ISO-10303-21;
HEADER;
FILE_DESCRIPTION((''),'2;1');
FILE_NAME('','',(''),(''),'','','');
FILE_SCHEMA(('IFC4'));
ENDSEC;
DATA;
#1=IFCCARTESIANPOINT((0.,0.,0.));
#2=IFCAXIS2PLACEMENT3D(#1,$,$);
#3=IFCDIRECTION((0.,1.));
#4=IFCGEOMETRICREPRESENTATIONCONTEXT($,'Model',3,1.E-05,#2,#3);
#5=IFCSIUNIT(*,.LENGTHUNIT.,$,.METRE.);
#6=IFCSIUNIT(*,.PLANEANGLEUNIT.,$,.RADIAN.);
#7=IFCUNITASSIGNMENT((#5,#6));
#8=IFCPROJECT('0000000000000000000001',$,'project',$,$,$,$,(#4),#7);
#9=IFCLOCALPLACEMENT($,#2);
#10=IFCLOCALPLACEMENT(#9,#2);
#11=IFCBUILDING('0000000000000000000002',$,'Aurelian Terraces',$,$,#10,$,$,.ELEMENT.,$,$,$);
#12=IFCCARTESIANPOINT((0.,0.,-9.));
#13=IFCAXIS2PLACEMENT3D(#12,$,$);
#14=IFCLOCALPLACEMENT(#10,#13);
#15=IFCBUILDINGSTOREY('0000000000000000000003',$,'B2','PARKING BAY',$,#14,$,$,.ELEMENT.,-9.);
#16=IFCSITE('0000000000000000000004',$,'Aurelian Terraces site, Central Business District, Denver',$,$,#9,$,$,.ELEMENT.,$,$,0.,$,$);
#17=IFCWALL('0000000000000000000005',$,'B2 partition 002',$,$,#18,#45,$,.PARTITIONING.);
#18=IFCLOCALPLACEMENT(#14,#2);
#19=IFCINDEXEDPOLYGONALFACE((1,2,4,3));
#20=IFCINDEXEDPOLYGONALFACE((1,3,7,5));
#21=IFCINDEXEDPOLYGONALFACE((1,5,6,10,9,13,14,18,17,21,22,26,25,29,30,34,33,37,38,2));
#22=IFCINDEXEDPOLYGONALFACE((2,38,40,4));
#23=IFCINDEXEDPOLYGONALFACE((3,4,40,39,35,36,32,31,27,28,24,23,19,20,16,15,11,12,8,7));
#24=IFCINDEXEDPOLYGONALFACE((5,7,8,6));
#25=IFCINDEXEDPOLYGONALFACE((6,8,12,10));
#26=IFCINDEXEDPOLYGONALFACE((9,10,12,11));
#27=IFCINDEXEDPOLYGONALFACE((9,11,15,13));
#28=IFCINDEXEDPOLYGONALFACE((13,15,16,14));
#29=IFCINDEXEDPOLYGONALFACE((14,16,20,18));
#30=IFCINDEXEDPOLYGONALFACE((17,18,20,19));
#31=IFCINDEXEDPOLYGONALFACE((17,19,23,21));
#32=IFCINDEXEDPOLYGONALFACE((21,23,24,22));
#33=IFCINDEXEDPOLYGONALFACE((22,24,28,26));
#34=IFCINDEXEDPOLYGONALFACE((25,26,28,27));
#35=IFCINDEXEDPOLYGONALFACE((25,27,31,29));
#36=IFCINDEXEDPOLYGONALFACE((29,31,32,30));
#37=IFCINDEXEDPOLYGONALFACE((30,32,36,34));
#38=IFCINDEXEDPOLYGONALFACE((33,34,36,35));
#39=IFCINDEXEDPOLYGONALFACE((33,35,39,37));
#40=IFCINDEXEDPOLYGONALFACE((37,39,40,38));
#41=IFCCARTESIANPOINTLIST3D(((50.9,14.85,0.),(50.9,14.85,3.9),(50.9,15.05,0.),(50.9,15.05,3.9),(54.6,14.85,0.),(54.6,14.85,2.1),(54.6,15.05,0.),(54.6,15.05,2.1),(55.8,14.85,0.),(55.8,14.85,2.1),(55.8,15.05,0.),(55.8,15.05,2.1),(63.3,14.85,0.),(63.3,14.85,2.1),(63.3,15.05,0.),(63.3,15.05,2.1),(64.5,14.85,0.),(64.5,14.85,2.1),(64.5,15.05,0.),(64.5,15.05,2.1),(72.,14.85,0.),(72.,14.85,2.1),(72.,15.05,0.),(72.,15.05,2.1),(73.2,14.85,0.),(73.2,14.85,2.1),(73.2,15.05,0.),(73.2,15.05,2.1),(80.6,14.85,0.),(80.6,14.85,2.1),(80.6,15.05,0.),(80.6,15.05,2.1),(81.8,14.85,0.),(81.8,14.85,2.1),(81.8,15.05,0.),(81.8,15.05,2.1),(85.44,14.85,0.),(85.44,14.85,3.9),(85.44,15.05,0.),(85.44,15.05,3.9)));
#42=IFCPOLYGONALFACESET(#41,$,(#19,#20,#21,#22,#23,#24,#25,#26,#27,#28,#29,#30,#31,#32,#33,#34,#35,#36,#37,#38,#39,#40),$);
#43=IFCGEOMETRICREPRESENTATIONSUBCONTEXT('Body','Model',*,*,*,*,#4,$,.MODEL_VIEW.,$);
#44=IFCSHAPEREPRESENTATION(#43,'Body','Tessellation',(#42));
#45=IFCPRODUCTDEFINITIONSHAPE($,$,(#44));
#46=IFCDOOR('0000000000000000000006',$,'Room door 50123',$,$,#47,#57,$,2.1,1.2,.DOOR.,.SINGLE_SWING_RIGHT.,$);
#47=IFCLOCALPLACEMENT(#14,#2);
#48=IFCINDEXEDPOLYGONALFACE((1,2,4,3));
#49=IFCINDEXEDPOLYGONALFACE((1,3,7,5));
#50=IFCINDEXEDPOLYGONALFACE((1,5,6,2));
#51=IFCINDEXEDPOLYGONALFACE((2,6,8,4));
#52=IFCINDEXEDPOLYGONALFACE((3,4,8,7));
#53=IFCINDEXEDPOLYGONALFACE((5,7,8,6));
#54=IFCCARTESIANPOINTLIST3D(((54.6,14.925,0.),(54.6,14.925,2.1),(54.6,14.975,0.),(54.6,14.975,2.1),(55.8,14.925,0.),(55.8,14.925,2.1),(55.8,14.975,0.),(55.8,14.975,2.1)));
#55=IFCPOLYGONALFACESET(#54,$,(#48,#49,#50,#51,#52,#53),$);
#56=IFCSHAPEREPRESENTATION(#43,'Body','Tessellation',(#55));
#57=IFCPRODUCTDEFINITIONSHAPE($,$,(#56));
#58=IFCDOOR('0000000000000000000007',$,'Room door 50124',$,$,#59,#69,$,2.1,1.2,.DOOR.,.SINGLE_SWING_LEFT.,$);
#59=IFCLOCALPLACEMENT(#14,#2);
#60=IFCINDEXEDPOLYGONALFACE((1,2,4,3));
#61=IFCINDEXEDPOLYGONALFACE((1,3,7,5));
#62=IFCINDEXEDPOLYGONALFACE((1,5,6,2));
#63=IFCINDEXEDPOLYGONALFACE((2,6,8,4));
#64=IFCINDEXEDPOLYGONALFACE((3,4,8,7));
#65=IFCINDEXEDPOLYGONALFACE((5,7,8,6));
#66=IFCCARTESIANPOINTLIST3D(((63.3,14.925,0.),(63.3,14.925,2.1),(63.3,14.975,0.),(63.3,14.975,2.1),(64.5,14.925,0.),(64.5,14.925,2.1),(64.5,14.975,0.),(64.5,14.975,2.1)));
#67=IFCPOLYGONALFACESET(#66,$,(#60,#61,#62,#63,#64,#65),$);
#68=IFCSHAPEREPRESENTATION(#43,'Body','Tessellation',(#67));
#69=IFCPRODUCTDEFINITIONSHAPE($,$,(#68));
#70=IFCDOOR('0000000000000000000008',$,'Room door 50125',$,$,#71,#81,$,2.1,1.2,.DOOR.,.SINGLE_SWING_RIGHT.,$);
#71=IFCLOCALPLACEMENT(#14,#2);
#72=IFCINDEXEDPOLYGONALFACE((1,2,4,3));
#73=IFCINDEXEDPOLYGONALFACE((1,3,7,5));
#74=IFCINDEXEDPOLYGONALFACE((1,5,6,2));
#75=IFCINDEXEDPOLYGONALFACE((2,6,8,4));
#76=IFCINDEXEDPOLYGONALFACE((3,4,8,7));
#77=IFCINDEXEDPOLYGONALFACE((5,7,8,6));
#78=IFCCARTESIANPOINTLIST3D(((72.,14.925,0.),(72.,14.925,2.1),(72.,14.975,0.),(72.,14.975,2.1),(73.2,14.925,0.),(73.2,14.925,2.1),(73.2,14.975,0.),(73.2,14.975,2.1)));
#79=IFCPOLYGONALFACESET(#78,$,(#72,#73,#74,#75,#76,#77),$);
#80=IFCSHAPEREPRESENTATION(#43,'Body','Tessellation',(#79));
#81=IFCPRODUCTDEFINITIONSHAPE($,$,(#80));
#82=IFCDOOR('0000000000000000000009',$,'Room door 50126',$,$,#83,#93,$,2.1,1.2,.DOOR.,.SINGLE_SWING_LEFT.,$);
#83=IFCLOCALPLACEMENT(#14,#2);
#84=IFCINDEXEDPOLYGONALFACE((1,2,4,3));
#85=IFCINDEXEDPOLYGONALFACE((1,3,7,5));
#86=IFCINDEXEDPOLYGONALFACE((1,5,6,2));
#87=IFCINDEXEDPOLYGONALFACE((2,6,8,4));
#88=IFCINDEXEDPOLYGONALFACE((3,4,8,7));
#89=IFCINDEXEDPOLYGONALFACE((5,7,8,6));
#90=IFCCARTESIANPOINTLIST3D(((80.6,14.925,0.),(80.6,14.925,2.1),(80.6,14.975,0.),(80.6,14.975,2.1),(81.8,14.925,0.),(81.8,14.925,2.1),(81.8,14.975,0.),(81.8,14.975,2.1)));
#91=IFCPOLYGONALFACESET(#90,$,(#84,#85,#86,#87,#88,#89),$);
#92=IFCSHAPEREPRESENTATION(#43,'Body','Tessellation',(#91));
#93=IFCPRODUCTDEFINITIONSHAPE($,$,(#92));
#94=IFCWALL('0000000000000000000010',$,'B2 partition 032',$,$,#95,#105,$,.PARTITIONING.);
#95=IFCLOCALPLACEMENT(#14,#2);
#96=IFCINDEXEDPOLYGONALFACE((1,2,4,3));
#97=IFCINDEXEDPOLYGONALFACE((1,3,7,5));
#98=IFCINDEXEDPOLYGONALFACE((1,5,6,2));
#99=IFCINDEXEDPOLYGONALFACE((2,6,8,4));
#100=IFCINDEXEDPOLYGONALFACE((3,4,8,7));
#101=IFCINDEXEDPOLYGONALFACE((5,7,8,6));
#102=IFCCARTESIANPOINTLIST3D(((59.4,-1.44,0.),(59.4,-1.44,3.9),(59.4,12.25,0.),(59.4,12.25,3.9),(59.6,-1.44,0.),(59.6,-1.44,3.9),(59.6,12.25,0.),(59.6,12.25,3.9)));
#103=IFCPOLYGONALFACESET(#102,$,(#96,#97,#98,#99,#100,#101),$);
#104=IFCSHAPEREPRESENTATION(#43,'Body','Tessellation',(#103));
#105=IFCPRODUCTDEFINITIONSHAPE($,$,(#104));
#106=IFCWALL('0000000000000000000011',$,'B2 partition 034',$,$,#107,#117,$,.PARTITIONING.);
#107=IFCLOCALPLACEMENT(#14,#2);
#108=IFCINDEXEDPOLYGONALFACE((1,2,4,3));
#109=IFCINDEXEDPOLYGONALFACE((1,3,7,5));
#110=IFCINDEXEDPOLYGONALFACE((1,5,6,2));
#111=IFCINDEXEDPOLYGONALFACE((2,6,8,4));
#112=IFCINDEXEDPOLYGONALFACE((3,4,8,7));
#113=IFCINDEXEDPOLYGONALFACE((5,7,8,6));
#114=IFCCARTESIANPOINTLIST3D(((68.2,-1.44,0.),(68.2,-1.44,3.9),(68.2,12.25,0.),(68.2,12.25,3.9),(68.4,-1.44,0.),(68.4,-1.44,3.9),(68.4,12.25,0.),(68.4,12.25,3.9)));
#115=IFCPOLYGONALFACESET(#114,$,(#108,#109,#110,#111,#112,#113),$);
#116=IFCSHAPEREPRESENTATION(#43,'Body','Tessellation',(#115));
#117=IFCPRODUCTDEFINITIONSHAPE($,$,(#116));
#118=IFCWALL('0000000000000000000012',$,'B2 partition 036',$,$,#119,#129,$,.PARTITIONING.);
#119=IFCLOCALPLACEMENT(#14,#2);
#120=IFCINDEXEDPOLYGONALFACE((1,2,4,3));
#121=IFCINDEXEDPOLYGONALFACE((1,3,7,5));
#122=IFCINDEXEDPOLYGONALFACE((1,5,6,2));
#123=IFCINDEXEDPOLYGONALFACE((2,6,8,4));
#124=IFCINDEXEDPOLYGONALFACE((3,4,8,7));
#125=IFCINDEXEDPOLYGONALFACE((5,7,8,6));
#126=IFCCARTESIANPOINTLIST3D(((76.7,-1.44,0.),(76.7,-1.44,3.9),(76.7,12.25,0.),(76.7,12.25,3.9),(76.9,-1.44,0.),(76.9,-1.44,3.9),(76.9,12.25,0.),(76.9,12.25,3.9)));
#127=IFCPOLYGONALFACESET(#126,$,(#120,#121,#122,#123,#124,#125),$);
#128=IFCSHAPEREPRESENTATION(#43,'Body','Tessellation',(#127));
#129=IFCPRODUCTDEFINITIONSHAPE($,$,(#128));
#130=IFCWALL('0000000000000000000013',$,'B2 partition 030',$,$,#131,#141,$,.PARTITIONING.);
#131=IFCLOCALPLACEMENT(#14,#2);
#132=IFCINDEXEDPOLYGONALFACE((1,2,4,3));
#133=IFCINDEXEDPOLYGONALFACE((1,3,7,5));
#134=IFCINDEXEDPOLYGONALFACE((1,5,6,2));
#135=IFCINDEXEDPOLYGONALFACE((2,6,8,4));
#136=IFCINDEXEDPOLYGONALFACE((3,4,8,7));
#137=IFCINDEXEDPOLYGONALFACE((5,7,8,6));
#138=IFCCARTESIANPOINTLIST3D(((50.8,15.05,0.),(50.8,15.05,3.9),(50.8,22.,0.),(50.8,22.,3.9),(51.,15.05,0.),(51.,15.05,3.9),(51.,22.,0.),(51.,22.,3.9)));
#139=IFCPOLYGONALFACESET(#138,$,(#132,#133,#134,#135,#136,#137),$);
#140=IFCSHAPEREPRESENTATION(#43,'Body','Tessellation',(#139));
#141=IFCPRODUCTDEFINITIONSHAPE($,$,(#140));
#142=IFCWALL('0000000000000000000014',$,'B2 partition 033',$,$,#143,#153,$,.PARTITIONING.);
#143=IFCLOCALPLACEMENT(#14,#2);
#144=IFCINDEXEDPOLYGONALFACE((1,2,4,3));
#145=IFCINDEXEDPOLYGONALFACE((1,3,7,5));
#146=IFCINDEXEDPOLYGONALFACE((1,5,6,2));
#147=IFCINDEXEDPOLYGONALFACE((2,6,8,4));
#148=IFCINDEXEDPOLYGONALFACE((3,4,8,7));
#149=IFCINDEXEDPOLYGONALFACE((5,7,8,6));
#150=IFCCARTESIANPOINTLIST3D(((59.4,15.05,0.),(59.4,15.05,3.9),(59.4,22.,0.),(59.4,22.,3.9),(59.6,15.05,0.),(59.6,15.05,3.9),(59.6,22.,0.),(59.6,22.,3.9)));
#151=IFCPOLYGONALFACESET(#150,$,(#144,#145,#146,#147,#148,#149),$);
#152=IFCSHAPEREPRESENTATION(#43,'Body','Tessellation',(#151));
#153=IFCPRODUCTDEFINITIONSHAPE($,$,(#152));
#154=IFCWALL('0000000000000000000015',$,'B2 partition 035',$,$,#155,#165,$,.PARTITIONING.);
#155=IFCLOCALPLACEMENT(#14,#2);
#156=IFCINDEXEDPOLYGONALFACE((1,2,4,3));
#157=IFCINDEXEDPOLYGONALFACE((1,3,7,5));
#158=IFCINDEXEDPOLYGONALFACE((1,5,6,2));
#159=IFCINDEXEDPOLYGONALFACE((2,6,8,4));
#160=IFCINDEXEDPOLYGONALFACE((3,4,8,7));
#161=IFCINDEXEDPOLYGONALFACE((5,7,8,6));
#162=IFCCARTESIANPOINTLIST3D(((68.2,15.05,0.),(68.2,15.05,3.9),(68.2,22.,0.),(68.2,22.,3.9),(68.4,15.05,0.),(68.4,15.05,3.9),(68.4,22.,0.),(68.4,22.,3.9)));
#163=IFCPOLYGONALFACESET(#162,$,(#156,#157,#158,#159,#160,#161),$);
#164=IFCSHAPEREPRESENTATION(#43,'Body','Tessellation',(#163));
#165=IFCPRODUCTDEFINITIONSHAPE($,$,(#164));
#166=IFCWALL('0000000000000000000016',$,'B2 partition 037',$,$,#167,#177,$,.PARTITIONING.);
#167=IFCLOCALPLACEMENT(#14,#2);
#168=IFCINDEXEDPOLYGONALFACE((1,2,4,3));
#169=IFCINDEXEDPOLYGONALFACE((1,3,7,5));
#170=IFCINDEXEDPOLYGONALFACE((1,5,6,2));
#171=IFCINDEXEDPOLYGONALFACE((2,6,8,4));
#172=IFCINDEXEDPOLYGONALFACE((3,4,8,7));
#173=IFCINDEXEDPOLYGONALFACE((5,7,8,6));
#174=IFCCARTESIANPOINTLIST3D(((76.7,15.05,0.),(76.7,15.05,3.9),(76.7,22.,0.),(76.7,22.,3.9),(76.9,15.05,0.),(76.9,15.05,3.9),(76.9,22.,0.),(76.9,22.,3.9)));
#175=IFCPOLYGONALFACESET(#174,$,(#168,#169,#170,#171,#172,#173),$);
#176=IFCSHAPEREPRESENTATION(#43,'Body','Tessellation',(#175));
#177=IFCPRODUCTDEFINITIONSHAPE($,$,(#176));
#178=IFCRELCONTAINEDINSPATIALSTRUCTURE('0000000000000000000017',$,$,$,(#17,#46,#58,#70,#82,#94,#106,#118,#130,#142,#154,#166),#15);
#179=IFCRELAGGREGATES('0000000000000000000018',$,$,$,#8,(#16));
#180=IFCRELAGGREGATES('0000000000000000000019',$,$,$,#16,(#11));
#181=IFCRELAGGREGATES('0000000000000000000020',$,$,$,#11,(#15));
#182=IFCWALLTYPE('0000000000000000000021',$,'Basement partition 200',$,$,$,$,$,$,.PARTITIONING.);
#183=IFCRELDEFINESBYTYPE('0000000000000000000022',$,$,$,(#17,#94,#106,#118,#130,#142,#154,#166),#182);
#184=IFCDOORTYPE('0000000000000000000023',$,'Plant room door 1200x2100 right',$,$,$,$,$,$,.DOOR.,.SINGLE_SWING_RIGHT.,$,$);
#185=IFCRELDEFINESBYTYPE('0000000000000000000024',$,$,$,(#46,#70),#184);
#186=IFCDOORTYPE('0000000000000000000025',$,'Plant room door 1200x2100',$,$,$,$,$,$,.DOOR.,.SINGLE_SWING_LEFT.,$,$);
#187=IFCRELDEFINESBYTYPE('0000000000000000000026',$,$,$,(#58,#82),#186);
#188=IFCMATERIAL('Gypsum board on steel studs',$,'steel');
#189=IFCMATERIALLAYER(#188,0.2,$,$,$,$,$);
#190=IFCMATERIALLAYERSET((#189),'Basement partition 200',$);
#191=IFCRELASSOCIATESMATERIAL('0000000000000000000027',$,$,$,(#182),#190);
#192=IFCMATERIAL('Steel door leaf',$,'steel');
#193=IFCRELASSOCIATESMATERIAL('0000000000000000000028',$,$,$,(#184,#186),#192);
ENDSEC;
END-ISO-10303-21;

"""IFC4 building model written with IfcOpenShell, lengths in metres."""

from ifc_helpers import new_model, si_unit, direction, frame, frame_2d, origin, place, context, subcontext, project, spatial, rectangle, extrude, source, transform, mapped, material, layer, layer_set, type_object, element, fill, save


model = new_model("IFC4")

# Units and contexts
model_context = context("Model", 3, precision=1e-05, world=origin(), true_north=direction((0.0, 1.0)))
body_context = subcontext(model_context, "Body", "Model", "MODEL_VIEW")
ifc_project = project(units=[si_unit("LENGTHUNIT", "METRE"), si_unit("PLANEANGLEUNIT", "RADIAN")], contexts=[model_context])

# Site, building, storey
site_placement = place(None, origin())
site = spatial("IfcSite", under=ifc_project, at=site_placement, Name="Aurelian Terraces site, Central Business District, Denver", CompositionType="ELEMENT", RefElevation=0.0)
building_placement = place(site_placement, origin())
building = spatial("IfcBuilding", under=site, at=building_placement, Name="Aurelian Terraces", CompositionType="ELEMENT")
storey_placement = place(building_placement, frame((0.0, 0.0, -9.0)))
storey = spatial("IfcBuildingStorey", under=building, at=storey_placement, Name="B2", Description="PARKING BAY", CompositionType="ELEMENT", Elevation=-9.0)

# Wall, openings, doors
ifc_material_1 = material(Name="Gypsum board on steel studs", Category="steel")
ifc_layer_1 = layer(ifc_material_1, 0.2)
ifc_layer_set_1 = layer_set([ifc_layer_1], Name="Basement partition 200")
wall_type_1 = type_object("IfcWallType", Name="Basement partition 200", PredefinedType="PARTITIONING", material=ifc_layer_set_1)
shared_shape_1 = source(origin(), body_context, "Body", "SweptSolid", [
    extrude(rectangle(XDim=34.54, YDim=0.2, at=frame_2d((17.27, 0.0))), origin(), (0.0, 0.0, 1.0), 3.9),
])
ifc_material_2 = material(Name="Steel door leaf", Category="steel")
wall_1_placement = place(storey_placement, frame((50.9, 14.95, 0.0), z_axis=(0.0, 0.0, 1.0), x_axis=(1.0, 0.0, 0.0)))
wall_1 = element("IfcWall", 1, at=wall_1_placement, inside=storey, type_object=wall_type_1, Name="B2 partition 002", PredefinedType="PARTITIONING", context=body_context, shape_type="MappedRepresentation", body=[
    mapped(shared_shape_1, transform((0.0, 0.0, 0.0), scale=1.0)),
])
shared_shape_2 = source(origin(), body_context, "Body", "SweptSolid", [
    extrude(rectangle(XDim=1.2, YDim=2.1, at=frame_2d((0.6, 1.05))), frame((0.0, 0.11, 0.0), z_axis=(0.0, -1.0, 0.0), x_axis=(1.0, 0.0, 0.0)), (0.0, 0.0, 1.0), 0.22),
])
opening_1_placement = place(wall_1_placement, frame((3.7, 0.0, 0.0)))
opening_1 = element("IfcOpeningElement", 2, at=opening_1_placement, cuts=wall_1, PredefinedType="OPENING", context=body_context, shape_type="MappedRepresentation", body=[
    mapped(shared_shape_2, transform((0.0, 0.0, 0.0), scale=1.0)),
])
opening_2_placement = place(wall_1_placement, frame((12.4, 0.0, 0.0)))
opening_2 = element("IfcOpeningElement", 3, at=opening_2_placement, cuts=wall_1, PredefinedType="OPENING", context=body_context, shape_type="MappedRepresentation", body=[
    mapped(shared_shape_2, transform((0.0, 0.0, 0.0), scale=1.0)),
])
opening_3_placement = place(wall_1_placement, frame((21.1, 0.0, 0.0)))
opening_3 = element("IfcOpeningElement", 4, at=opening_3_placement, cuts=wall_1, PredefinedType="OPENING", context=body_context, shape_type="MappedRepresentation", body=[
    mapped(shared_shape_2, transform((0.0, 0.0, 0.0), scale=1.0)),
])
opening_4_placement = place(wall_1_placement, frame((29.7, 0.0, 0.0)))
opening_4 = element("IfcOpeningElement", 5, at=opening_4_placement, cuts=wall_1, PredefinedType="OPENING", context=body_context, shape_type="MappedRepresentation", body=[
    mapped(shared_shape_2, transform((0.0, 0.0, 0.0), scale=1.0)),
])
door_type_1 = type_object("IfcDoorType", Name="Plant room door 1200x2100 right", OperationType="SINGLE_SWING_RIGHT", PredefinedType="DOOR", material=ifc_material_2)
shared_shape_3 = source(origin(), body_context, "Body", "SweptSolid", [
    extrude(rectangle(XDim=1.2, YDim=2.1, at=frame_2d((0.6, 1.05))), frame((0.0, 0.025, 0.0), z_axis=(0.0, -1.0, 0.0), x_axis=(1.0, 0.0, 0.0)), (0.0, 0.0, 1.0), 0.05),
])
door_1_placement = place(opening_1_placement, origin())
door_1 = element("IfcDoor", 6, at=door_1_placement, inside=storey, type_object=door_type_1, Name="Room door 50123", OperationType="SINGLE_SWING_RIGHT", OverallHeight=2.1, OverallWidth=1.2, PredefinedType="DOOR", context=body_context, shape_type="MappedRepresentation", body=[
    mapped(shared_shape_3, transform((0.0, 0.0, 0.0), scale=1.0)),
])
fill(opening_1, door_1)
door_type_2 = type_object("IfcDoorType", Name="Plant room door 1200x2100", OperationType="SINGLE_SWING_LEFT", PredefinedType="DOOR", material=ifc_material_2)
door_2_placement = place(opening_2_placement, origin())
door_2 = element("IfcDoor", 7, at=door_2_placement, inside=storey, type_object=door_type_2, Name="Room door 50124", OperationType="SINGLE_SWING_LEFT", OverallHeight=2.1, OverallWidth=1.2, PredefinedType="DOOR", context=body_context, shape_type="MappedRepresentation", body=[
    mapped(shared_shape_3, transform((0.0, 0.0, 0.0), scale=1.0)),
])
fill(opening_2, door_2)
door_3_placement = place(opening_3_placement, origin())
door_3 = element("IfcDoor", 8, at=door_3_placement, inside=storey, type_object=door_type_1, Name="Room door 50125", OperationType="SINGLE_SWING_RIGHT", OverallHeight=2.1, OverallWidth=1.2, PredefinedType="DOOR", context=body_context, shape_type="MappedRepresentation", body=[
    mapped(shared_shape_3, transform((0.0, 0.0, 0.0), scale=1.0)),
])
fill(opening_3, door_3)
door_4_placement = place(opening_4_placement, origin())
door_4 = element("IfcDoor", 9, at=door_4_placement, inside=storey, type_object=door_type_2, Name="Room door 50126", OperationType="SINGLE_SWING_LEFT", OverallHeight=2.1, OverallWidth=1.2, PredefinedType="DOOR", context=body_context, shape_type="MappedRepresentation", body=[
    mapped(shared_shape_3, transform((0.0, 0.0, 0.0), scale=1.0)),
])
fill(opening_4, door_4)

# Walls
shared_shape_4 = source(origin(), body_context, "Body", "SweptSolid", [
    extrude(rectangle(XDim=13.69, YDim=0.2, at=frame_2d((6.845, 0.0))), origin(), (0.0, 0.0, 1.0), 3.9),
])
for number, where, z_axis, x_axis, name in (
    (10, (59.5, -1.44, 0.0), (0.0, 0.0, 1.0), (0.0, 1.0, 0.0), "B2 partition 032"),
    (11, (68.3, -1.44, 0.0), (0.0, 0.0, 1.0), (0.0, 1.0, 0.0), "B2 partition 034"),
    (12, (76.8, -1.44, 0.0), (0.0, 0.0, 1.0), (0.0, 1.0, 0.0), "B2 partition 036"),
):
    element("IfcWall", number, at=place(storey_placement, frame(where, z_axis=z_axis, x_axis=x_axis)), inside=storey, type_object=wall_type_1, Name=name, PredefinedType="PARTITIONING", context=body_context, shape_type="MappedRepresentation", body=[
        mapped(shared_shape_4, transform((0.0, 0.0, 0.0), scale=1.0)),
    ])
shared_shape_5 = source(origin(), body_context, "Body", "SweptSolid", [
    extrude(rectangle(XDim=6.95, YDim=0.2, at=frame_2d((3.475, 0.0))), origin(), (0.0, 0.0, 1.0), 3.9),
])
for number, where, z_axis, x_axis, name in (
    (13, (50.9, 15.05, 0.0), (0.0, 0.0, 1.0), (0.0, 1.0, 0.0), "B2 partition 030"),
    (14, (59.5, 15.05, 0.0), (0.0, 0.0, 1.0), (0.0, 1.0, 0.0), "B2 partition 033"),
    (15, (68.3, 15.05, 0.0), (0.0, 0.0, 1.0), (0.0, 1.0, 0.0), "B2 partition 035"),
    (16, (76.8, 15.05, 0.0), (0.0, 0.0, 1.0), (0.0, 1.0, 0.0), "B2 partition 037"),
):
    element("IfcWall", number, at=place(storey_placement, frame(where, z_axis=z_axis, x_axis=x_axis)), inside=storey, type_object=wall_type_1, Name=name, PredefinedType="PARTITIONING", context=body_context, shape_type="MappedRepresentation", body=[
        mapped(shared_shape_5, transform((0.0, 0.0, 0.0), scale=1.0)),
    ])

save(model, "model.ifc")
